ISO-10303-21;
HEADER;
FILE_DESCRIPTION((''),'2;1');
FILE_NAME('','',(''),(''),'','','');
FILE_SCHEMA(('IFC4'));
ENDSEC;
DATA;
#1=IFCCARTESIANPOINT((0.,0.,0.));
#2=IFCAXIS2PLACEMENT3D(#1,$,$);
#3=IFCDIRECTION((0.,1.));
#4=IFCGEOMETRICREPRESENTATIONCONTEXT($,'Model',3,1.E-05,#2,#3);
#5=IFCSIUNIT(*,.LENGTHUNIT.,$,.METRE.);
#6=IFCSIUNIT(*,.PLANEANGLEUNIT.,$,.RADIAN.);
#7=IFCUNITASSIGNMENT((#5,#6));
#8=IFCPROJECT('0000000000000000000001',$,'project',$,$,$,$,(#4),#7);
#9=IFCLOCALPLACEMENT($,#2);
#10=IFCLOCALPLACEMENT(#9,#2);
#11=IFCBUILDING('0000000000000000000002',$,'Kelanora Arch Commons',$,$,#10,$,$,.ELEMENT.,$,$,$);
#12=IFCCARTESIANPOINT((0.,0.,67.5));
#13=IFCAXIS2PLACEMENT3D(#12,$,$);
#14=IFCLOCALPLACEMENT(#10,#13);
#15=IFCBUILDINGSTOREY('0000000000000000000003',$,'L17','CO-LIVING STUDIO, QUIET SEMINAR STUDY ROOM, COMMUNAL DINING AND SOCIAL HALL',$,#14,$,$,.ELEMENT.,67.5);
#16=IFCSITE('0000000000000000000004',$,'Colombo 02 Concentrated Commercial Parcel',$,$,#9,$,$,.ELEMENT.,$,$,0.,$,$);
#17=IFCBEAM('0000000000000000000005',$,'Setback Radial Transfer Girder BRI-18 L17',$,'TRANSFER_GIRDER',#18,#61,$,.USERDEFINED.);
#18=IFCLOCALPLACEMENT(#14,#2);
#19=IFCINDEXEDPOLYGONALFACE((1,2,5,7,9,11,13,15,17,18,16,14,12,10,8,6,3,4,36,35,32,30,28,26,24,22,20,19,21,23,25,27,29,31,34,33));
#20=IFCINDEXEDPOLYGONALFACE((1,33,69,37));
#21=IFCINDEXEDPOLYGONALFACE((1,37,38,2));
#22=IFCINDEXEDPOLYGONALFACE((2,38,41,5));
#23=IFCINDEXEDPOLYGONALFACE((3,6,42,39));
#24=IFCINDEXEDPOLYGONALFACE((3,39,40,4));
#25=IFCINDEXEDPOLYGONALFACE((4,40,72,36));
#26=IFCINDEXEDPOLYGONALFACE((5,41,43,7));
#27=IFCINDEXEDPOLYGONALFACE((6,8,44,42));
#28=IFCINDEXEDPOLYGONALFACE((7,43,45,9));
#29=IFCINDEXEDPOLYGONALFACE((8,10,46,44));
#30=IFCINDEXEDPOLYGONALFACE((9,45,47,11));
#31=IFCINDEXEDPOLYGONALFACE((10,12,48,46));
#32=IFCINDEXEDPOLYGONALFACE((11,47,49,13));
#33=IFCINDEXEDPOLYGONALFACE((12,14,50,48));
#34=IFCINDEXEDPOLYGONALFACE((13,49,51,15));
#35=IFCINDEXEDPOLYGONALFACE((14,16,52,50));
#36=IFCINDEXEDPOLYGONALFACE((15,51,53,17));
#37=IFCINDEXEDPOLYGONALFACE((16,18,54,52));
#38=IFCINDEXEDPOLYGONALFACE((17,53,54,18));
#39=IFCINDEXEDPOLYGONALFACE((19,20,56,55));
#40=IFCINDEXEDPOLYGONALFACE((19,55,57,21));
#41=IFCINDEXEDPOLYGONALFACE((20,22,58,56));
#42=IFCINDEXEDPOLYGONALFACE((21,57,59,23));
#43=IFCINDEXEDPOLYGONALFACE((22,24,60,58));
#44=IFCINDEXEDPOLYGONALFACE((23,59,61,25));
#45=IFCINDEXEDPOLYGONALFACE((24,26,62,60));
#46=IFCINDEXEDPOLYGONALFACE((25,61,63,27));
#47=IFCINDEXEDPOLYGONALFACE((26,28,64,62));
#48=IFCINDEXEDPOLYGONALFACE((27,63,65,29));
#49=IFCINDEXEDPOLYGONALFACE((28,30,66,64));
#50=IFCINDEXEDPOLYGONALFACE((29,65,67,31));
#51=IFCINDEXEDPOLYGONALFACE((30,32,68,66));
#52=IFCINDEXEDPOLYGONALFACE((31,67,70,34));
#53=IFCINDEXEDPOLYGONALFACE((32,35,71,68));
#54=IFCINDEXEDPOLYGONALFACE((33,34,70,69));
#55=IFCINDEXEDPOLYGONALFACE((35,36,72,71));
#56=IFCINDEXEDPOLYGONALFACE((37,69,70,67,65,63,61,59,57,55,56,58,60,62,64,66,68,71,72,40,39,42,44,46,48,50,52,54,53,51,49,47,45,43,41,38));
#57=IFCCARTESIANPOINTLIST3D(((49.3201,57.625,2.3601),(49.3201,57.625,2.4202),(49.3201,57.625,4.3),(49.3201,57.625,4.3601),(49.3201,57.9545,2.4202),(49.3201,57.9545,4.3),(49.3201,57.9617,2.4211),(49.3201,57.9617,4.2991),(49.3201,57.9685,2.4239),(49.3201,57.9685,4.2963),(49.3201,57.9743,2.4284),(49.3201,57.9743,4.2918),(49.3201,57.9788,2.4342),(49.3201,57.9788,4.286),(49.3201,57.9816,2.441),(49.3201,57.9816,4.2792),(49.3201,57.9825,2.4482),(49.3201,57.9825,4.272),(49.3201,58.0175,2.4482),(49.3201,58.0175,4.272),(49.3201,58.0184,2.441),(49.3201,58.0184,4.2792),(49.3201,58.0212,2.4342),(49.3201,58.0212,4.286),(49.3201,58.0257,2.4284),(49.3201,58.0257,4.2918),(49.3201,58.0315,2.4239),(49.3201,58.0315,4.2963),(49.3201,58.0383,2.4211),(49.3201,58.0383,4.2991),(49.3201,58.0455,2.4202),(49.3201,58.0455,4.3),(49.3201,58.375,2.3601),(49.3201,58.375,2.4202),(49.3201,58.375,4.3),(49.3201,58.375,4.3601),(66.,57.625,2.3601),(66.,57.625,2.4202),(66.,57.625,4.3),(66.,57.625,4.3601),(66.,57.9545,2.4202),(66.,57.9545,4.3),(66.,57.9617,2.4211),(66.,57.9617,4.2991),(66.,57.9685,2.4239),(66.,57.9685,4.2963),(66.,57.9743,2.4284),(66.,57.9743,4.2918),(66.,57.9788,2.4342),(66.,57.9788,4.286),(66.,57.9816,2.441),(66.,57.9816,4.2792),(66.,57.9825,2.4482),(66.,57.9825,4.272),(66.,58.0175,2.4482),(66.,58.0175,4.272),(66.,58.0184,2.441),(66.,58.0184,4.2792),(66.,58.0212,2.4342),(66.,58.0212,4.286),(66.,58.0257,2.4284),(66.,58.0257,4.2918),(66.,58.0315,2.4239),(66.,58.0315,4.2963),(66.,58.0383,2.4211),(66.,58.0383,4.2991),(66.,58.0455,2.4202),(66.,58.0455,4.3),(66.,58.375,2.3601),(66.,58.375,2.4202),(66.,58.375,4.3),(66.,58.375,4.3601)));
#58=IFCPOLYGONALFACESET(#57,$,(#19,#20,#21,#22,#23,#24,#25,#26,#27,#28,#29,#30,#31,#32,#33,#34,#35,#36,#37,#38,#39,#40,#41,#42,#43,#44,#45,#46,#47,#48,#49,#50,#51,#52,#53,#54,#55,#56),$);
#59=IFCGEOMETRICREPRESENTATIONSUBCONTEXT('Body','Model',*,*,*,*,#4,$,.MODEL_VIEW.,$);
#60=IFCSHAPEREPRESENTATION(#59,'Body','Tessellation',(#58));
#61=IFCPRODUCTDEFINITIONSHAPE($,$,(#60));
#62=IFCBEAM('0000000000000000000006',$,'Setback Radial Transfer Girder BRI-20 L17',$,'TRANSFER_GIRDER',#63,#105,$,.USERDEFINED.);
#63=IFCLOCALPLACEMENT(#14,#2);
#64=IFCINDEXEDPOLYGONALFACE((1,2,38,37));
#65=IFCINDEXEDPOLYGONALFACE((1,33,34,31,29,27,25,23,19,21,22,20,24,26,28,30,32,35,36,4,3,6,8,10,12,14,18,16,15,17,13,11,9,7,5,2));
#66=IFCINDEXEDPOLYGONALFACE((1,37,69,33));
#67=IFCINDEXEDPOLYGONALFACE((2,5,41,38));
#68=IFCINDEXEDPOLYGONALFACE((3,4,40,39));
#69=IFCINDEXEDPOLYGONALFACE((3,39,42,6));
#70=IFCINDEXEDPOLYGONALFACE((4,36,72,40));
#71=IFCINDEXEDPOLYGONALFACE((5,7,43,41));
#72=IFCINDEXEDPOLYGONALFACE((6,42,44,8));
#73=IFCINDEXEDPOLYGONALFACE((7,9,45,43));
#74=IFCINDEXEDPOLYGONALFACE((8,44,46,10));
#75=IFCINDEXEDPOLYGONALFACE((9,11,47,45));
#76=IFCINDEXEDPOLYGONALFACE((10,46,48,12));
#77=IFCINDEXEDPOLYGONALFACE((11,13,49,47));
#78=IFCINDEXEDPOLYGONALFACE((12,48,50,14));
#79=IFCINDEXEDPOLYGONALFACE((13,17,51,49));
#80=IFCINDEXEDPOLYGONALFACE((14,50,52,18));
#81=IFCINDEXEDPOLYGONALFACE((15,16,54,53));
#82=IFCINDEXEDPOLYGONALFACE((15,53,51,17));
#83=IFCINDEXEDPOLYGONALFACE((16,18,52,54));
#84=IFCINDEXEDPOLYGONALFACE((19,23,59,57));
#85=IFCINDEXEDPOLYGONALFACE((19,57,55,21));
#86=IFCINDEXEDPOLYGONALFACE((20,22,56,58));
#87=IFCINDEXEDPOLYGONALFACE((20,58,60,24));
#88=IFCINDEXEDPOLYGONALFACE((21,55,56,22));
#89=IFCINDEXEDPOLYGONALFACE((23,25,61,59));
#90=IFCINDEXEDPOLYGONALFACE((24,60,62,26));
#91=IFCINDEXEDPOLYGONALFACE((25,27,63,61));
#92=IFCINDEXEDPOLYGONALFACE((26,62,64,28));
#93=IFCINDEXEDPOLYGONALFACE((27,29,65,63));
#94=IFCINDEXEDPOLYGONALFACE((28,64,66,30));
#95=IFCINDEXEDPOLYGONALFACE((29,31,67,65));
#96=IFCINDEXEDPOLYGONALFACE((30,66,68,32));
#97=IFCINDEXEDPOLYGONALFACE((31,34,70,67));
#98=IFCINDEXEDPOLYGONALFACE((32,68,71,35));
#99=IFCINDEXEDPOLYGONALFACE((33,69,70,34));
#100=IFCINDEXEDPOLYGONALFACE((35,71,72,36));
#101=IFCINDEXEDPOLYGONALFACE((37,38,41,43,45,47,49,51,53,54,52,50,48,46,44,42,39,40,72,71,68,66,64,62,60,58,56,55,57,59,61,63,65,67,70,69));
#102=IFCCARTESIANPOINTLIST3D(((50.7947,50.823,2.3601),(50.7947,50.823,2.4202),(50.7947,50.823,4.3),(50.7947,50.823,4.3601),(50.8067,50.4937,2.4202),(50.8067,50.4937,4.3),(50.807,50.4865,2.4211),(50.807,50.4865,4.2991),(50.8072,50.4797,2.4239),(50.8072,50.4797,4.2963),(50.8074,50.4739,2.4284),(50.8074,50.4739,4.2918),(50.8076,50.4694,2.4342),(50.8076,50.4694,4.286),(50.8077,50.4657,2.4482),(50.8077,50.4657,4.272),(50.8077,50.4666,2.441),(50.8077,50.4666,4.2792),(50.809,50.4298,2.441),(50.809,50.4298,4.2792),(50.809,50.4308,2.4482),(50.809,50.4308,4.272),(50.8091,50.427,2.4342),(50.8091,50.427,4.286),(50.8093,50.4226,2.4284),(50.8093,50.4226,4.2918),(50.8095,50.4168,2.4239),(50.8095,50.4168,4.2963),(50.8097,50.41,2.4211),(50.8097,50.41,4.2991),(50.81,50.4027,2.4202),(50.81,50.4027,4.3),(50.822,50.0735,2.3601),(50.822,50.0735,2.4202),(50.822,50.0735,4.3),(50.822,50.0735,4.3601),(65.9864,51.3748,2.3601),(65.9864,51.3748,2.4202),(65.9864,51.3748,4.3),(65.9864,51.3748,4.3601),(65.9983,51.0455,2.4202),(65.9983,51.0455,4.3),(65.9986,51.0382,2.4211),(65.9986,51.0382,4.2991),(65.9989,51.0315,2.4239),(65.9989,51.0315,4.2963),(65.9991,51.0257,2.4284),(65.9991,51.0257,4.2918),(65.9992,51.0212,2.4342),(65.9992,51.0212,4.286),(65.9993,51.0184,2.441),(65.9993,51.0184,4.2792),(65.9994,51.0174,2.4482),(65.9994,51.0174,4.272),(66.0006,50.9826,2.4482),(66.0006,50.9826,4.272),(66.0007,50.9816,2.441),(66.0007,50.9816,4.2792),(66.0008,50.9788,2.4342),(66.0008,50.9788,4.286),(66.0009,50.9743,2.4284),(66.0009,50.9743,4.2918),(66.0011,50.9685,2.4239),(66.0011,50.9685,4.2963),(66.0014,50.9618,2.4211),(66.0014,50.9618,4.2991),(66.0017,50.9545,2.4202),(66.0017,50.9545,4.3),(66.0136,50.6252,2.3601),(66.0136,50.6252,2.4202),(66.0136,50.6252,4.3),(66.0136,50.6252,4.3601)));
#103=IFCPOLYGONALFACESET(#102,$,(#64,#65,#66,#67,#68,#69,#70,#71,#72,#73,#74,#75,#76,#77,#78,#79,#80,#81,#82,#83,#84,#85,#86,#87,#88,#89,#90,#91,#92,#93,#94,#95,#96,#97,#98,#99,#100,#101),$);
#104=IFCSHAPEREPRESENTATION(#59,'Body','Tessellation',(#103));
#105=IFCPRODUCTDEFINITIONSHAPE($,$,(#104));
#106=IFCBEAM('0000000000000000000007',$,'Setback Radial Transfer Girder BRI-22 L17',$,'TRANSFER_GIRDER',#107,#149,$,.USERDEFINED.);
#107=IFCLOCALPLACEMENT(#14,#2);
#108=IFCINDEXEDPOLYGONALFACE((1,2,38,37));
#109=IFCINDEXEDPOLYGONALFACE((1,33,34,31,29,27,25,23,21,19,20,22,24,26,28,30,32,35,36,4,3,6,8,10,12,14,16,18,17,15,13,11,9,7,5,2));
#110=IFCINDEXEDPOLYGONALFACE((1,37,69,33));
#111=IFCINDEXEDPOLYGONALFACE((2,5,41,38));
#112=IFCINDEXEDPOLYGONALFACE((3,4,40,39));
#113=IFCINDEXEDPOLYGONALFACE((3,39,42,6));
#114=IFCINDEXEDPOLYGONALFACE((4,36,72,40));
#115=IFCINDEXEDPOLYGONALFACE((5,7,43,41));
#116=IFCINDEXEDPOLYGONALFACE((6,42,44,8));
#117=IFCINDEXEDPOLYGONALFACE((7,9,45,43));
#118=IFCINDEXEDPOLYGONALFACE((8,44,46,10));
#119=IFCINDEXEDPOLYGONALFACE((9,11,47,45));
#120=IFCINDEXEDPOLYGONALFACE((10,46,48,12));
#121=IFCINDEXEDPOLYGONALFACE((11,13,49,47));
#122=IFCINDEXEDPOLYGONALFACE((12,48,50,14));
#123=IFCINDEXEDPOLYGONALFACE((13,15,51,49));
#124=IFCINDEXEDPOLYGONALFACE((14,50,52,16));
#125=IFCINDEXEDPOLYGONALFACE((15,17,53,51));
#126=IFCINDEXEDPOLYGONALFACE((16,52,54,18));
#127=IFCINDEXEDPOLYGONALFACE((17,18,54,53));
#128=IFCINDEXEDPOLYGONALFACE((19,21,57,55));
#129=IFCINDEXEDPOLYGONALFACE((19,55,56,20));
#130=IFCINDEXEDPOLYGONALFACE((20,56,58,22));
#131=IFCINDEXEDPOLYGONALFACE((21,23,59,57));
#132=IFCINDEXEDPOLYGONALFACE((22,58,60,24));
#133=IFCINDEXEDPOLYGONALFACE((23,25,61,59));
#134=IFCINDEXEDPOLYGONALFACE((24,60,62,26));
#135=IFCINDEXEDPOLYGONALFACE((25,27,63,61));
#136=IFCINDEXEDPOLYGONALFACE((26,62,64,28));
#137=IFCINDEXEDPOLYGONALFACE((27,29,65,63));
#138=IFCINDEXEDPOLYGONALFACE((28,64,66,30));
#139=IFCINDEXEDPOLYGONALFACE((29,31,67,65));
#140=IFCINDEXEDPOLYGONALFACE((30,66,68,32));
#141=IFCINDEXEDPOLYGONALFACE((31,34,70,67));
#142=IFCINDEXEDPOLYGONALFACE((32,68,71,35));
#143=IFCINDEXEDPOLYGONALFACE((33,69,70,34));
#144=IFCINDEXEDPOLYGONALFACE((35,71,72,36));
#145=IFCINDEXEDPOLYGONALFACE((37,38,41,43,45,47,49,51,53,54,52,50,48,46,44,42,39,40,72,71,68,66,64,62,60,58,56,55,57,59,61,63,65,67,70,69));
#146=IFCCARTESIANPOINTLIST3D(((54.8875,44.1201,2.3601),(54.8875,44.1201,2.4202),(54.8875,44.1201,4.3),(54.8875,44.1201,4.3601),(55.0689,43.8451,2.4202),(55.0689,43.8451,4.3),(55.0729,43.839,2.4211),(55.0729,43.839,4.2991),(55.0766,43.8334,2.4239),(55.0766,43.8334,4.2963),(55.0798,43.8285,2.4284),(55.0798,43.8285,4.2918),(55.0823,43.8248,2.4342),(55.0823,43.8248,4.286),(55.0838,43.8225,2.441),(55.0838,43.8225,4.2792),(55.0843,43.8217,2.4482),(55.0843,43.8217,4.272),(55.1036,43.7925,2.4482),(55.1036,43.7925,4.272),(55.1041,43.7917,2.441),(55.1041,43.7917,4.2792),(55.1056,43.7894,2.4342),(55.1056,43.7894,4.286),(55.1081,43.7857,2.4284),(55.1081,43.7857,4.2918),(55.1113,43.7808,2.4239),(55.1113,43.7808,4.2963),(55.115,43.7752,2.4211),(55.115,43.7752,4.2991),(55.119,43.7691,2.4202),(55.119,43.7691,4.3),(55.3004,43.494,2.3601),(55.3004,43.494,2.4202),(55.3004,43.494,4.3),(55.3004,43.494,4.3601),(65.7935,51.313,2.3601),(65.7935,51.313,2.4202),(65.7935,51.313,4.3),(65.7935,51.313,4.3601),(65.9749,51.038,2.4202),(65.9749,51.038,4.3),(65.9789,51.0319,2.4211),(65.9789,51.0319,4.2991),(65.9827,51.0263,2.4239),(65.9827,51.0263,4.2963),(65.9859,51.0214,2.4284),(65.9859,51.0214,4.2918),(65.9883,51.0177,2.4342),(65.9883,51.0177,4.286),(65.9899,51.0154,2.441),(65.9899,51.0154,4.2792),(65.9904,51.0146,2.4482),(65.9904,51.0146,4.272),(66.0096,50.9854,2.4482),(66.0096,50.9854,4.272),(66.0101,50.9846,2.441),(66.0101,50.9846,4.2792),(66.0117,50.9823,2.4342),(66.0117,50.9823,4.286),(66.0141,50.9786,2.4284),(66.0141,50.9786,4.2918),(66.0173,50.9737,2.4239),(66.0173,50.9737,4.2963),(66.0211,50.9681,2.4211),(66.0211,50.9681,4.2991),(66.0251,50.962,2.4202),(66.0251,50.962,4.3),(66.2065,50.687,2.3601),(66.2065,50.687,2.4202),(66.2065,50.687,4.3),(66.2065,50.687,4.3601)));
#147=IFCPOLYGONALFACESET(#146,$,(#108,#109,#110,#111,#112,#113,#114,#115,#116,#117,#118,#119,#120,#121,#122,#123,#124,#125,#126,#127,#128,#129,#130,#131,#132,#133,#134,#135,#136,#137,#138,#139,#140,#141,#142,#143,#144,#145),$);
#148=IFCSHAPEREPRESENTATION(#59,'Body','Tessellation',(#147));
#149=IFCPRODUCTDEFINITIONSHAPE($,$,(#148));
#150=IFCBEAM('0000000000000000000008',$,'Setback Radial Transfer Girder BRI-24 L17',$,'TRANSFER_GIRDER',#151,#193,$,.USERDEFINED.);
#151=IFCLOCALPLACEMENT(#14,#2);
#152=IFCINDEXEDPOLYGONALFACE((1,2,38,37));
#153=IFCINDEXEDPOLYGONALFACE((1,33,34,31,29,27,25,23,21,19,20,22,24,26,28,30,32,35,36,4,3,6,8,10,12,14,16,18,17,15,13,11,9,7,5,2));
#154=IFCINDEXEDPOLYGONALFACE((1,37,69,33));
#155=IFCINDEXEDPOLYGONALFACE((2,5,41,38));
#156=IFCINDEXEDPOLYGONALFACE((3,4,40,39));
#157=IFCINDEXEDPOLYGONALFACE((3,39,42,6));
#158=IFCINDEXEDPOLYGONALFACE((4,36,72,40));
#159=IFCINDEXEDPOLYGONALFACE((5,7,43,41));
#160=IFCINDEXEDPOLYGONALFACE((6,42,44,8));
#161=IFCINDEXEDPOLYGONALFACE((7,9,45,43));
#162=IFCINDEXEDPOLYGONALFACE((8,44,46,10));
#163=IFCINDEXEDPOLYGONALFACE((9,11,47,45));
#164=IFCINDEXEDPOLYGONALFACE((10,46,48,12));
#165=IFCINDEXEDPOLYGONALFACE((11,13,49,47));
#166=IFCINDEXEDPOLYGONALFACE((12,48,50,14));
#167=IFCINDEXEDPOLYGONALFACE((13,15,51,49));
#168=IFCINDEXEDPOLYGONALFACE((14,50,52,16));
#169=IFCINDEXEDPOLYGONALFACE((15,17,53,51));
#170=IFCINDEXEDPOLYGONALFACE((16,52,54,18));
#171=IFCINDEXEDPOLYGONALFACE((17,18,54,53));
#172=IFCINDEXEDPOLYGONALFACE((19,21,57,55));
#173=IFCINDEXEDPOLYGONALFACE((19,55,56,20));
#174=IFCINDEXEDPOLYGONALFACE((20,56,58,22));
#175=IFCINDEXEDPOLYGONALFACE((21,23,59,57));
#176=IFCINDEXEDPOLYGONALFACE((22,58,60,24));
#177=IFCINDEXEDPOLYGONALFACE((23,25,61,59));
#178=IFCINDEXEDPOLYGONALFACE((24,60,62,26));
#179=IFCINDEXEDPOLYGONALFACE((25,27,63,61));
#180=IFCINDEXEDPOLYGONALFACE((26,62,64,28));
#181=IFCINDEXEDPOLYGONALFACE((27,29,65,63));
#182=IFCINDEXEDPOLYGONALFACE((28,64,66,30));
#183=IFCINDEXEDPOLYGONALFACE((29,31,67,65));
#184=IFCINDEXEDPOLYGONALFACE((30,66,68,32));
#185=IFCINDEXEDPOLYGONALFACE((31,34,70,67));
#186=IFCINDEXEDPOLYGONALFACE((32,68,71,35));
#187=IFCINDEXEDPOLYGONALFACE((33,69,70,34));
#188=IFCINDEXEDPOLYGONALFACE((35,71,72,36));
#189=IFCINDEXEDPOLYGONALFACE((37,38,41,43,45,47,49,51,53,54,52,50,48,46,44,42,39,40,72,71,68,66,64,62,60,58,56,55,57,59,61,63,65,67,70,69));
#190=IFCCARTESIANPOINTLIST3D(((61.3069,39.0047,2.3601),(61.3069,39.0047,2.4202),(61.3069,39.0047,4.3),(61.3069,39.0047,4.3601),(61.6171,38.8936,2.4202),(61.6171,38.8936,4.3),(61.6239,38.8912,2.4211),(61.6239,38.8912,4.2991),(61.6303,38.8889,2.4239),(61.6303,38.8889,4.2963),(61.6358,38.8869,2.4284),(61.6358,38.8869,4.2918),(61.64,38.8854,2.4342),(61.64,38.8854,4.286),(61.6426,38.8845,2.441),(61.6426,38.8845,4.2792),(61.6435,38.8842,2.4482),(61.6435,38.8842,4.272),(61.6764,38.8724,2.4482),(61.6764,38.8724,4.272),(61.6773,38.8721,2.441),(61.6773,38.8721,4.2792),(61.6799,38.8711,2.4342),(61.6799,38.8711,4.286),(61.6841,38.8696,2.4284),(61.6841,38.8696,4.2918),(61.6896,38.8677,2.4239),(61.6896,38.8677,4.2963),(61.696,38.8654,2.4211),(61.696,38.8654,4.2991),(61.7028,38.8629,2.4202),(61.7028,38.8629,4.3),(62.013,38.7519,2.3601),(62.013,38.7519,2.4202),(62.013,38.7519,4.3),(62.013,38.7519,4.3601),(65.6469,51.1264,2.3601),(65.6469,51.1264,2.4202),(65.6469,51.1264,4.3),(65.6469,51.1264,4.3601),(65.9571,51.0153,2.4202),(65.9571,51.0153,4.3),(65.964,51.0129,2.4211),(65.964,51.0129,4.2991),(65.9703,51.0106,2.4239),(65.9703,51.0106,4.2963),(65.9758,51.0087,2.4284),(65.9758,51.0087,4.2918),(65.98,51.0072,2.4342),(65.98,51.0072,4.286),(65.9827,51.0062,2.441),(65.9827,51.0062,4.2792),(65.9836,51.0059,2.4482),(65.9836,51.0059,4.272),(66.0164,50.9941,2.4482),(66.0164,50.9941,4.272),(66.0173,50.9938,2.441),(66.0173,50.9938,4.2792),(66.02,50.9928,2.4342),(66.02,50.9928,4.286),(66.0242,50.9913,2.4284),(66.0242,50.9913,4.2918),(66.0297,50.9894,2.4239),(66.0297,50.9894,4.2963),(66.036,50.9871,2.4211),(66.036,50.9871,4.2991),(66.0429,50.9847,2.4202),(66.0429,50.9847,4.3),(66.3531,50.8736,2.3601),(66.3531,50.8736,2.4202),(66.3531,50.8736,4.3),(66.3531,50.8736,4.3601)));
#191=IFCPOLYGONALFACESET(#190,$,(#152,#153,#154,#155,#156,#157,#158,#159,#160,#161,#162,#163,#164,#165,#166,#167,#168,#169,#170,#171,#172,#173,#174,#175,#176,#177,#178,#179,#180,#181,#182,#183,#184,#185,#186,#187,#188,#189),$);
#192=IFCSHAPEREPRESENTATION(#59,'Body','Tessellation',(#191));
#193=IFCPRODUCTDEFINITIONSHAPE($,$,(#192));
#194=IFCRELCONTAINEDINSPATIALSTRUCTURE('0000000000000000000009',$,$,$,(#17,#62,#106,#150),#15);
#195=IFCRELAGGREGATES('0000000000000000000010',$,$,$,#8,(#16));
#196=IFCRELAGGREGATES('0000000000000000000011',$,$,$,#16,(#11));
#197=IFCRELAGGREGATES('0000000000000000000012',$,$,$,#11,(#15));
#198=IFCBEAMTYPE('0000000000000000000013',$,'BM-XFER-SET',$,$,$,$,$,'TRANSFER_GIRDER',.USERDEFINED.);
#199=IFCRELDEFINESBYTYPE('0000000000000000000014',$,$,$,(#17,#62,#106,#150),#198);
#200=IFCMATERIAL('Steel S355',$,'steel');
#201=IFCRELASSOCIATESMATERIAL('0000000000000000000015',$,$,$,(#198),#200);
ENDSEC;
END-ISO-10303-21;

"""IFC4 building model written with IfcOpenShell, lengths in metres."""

from ifc_helpers import new_model, si_unit, direction, frame, origin, origin_2d, place, context, subcontext, project, spatial, i_section, extrude, material, material_profile, profile_set, type_object, element, save


model = new_model("IFC4")

# Units and contexts
model_context = context("Model", 3, precision=1e-05, world=origin(), true_north=direction((0.0, 1.0)))
body_context = subcontext(model_context, "Body", "Model", "MODEL_VIEW")
ifc_project = project(units=[si_unit("LENGTHUNIT", "METRE"), si_unit("PLANEANGLEUNIT", "RADIAN")], contexts=[model_context])

# Site, building, storey
site_placement = place(None, origin())
site = spatial("IfcSite", under=ifc_project, at=site_placement, Name="Colombo 02 Concentrated Commercial Parcel", CompositionType="ELEMENT", RefElevation=0.0)
building_placement = place(site_placement, origin())
building = spatial("IfcBuilding", under=site, at=building_placement, Name="Kelanora Arch Commons", CompositionType="ELEMENT")
storey_placement = place(building_placement, frame((0.0, 0.0, 67.5)))
storey = spatial("IfcBuildingStorey", under=building, at=storey_placement, Name="L17", Description="CO-LIVING STUDIO, QUIET SEMINAR STUDY ROOM, COMMUNAL DINING AND SOCIAL HALL", CompositionType="ELEMENT", Elevation=67.5)

# Beams
ifc_material_1 = material(Name="Steel S355", Category="steel")
ifc_material_profile_1 = material_profile(ifc_material_1, i_section(OverallWidth=0.75, OverallDepth=2.0, WebThickness=0.0349, FlangeThickness=0.0601, FilletRadius=0.0281, at=origin_2d()), Name="PG2000x750")
ifc_profile_set_1 = profile_set([ifc_material_profile_1], Name="Steel S355")
beam_type_1 = type_object("IfcBeamType", Name="BM-XFER-SET", ElementType="TRANSFER_GIRDER", PredefinedType="USERDEFINED", material=ifc_profile_set_1)
beam_1_placement = place(storey_placement, frame((66.0, 58.0, 3.3601), z_axis=(-1.0, 0.0, 0.0), x_axis=(0.0, -1.0, 0.0)))
element("IfcBeam", 1, at=beam_1_placement, inside=storey, type_object=beam_type_1, Name="Setback Radial Transfer Girder BRI-18 L17", ObjectType="TRANSFER_GIRDER", PredefinedType="USERDEFINED", context=body_context, shape_type="SweptSolid", body=[
    extrude(i_section(OverallWidth=0.75, OverallDepth=2.0, WebThickness=0.0349, FlangeThickness=0.0601, FilletRadius=0.0281, at=origin_2d()), origin(), (0.0, 0.0, 1.0), 16.6799),
])
beam_2_placement = place(storey_placement, frame((66.0, 51.0, 3.3601), z_axis=(-0.999341, -0.036296, 0.0), x_axis=(0.036296, -0.999341, 0.0)))
element("IfcBeam", 2, at=beam_2_placement, inside=storey, type_object=beam_type_1, Name="Setback Radial Transfer Girder BRI-20 L17", ObjectType="TRANSFER_GIRDER", PredefinedType="USERDEFINED", context=body_context, shape_type="SweptSolid", body=[
    extrude(i_section(OverallWidth=0.75, OverallDepth=2.0, WebThickness=0.0349, FlangeThickness=0.0601, FilletRadius=0.0281, at=origin_2d()), origin(), (0.0, 0.0, 1.0), 15.2017),
])
beam_3_placement = place(storey_placement, frame((66.0, 51.0, 3.3601), z_axis=(-0.834789, -0.550571, 0.0), x_axis=(0.550571, -0.834789, 0.0)))
element("IfcBeam", 3, at=beam_3_placement, inside=storey, type_object=beam_type_1, Name="Setback Radial Transfer Girder BRI-22 L17", ObjectType="TRANSFER_GIRDER", PredefinedType="USERDEFINED", context=body_context, shape_type="SweptSolid", body=[
    extrude(i_section(OverallWidth=0.75, OverallDepth=2.0, WebThickness=0.0349, FlangeThickness=0.0601, FilletRadius=0.0281, at=origin_2d()), origin(), (0.0, 0.0, 1.0), 13.0645),
])
beam_4_placement = place(storey_placement, frame((66.0, 51.0, 3.3601), z_axis=(-0.337085, -0.941474, 0.0), x_axis=(0.941474, -0.337085, 0.0)))
element("IfcBeam", 4, at=beam_4_placement, inside=storey, type_object=beam_type_1, Name="Setback Radial Transfer Girder BRI-24 L17", ObjectType="TRANSFER_GIRDER", PredefinedType="USERDEFINED", context=body_context, shape_type="SweptSolid", body=[
    extrude(i_section(OverallWidth=0.75, OverallDepth=2.0, WebThickness=0.0349, FlangeThickness=0.0601, FilletRadius=0.0281, at=origin_2d()), origin(), (0.0, 0.0, 1.0), 12.8752),
])

save(model, "model.ifc")
